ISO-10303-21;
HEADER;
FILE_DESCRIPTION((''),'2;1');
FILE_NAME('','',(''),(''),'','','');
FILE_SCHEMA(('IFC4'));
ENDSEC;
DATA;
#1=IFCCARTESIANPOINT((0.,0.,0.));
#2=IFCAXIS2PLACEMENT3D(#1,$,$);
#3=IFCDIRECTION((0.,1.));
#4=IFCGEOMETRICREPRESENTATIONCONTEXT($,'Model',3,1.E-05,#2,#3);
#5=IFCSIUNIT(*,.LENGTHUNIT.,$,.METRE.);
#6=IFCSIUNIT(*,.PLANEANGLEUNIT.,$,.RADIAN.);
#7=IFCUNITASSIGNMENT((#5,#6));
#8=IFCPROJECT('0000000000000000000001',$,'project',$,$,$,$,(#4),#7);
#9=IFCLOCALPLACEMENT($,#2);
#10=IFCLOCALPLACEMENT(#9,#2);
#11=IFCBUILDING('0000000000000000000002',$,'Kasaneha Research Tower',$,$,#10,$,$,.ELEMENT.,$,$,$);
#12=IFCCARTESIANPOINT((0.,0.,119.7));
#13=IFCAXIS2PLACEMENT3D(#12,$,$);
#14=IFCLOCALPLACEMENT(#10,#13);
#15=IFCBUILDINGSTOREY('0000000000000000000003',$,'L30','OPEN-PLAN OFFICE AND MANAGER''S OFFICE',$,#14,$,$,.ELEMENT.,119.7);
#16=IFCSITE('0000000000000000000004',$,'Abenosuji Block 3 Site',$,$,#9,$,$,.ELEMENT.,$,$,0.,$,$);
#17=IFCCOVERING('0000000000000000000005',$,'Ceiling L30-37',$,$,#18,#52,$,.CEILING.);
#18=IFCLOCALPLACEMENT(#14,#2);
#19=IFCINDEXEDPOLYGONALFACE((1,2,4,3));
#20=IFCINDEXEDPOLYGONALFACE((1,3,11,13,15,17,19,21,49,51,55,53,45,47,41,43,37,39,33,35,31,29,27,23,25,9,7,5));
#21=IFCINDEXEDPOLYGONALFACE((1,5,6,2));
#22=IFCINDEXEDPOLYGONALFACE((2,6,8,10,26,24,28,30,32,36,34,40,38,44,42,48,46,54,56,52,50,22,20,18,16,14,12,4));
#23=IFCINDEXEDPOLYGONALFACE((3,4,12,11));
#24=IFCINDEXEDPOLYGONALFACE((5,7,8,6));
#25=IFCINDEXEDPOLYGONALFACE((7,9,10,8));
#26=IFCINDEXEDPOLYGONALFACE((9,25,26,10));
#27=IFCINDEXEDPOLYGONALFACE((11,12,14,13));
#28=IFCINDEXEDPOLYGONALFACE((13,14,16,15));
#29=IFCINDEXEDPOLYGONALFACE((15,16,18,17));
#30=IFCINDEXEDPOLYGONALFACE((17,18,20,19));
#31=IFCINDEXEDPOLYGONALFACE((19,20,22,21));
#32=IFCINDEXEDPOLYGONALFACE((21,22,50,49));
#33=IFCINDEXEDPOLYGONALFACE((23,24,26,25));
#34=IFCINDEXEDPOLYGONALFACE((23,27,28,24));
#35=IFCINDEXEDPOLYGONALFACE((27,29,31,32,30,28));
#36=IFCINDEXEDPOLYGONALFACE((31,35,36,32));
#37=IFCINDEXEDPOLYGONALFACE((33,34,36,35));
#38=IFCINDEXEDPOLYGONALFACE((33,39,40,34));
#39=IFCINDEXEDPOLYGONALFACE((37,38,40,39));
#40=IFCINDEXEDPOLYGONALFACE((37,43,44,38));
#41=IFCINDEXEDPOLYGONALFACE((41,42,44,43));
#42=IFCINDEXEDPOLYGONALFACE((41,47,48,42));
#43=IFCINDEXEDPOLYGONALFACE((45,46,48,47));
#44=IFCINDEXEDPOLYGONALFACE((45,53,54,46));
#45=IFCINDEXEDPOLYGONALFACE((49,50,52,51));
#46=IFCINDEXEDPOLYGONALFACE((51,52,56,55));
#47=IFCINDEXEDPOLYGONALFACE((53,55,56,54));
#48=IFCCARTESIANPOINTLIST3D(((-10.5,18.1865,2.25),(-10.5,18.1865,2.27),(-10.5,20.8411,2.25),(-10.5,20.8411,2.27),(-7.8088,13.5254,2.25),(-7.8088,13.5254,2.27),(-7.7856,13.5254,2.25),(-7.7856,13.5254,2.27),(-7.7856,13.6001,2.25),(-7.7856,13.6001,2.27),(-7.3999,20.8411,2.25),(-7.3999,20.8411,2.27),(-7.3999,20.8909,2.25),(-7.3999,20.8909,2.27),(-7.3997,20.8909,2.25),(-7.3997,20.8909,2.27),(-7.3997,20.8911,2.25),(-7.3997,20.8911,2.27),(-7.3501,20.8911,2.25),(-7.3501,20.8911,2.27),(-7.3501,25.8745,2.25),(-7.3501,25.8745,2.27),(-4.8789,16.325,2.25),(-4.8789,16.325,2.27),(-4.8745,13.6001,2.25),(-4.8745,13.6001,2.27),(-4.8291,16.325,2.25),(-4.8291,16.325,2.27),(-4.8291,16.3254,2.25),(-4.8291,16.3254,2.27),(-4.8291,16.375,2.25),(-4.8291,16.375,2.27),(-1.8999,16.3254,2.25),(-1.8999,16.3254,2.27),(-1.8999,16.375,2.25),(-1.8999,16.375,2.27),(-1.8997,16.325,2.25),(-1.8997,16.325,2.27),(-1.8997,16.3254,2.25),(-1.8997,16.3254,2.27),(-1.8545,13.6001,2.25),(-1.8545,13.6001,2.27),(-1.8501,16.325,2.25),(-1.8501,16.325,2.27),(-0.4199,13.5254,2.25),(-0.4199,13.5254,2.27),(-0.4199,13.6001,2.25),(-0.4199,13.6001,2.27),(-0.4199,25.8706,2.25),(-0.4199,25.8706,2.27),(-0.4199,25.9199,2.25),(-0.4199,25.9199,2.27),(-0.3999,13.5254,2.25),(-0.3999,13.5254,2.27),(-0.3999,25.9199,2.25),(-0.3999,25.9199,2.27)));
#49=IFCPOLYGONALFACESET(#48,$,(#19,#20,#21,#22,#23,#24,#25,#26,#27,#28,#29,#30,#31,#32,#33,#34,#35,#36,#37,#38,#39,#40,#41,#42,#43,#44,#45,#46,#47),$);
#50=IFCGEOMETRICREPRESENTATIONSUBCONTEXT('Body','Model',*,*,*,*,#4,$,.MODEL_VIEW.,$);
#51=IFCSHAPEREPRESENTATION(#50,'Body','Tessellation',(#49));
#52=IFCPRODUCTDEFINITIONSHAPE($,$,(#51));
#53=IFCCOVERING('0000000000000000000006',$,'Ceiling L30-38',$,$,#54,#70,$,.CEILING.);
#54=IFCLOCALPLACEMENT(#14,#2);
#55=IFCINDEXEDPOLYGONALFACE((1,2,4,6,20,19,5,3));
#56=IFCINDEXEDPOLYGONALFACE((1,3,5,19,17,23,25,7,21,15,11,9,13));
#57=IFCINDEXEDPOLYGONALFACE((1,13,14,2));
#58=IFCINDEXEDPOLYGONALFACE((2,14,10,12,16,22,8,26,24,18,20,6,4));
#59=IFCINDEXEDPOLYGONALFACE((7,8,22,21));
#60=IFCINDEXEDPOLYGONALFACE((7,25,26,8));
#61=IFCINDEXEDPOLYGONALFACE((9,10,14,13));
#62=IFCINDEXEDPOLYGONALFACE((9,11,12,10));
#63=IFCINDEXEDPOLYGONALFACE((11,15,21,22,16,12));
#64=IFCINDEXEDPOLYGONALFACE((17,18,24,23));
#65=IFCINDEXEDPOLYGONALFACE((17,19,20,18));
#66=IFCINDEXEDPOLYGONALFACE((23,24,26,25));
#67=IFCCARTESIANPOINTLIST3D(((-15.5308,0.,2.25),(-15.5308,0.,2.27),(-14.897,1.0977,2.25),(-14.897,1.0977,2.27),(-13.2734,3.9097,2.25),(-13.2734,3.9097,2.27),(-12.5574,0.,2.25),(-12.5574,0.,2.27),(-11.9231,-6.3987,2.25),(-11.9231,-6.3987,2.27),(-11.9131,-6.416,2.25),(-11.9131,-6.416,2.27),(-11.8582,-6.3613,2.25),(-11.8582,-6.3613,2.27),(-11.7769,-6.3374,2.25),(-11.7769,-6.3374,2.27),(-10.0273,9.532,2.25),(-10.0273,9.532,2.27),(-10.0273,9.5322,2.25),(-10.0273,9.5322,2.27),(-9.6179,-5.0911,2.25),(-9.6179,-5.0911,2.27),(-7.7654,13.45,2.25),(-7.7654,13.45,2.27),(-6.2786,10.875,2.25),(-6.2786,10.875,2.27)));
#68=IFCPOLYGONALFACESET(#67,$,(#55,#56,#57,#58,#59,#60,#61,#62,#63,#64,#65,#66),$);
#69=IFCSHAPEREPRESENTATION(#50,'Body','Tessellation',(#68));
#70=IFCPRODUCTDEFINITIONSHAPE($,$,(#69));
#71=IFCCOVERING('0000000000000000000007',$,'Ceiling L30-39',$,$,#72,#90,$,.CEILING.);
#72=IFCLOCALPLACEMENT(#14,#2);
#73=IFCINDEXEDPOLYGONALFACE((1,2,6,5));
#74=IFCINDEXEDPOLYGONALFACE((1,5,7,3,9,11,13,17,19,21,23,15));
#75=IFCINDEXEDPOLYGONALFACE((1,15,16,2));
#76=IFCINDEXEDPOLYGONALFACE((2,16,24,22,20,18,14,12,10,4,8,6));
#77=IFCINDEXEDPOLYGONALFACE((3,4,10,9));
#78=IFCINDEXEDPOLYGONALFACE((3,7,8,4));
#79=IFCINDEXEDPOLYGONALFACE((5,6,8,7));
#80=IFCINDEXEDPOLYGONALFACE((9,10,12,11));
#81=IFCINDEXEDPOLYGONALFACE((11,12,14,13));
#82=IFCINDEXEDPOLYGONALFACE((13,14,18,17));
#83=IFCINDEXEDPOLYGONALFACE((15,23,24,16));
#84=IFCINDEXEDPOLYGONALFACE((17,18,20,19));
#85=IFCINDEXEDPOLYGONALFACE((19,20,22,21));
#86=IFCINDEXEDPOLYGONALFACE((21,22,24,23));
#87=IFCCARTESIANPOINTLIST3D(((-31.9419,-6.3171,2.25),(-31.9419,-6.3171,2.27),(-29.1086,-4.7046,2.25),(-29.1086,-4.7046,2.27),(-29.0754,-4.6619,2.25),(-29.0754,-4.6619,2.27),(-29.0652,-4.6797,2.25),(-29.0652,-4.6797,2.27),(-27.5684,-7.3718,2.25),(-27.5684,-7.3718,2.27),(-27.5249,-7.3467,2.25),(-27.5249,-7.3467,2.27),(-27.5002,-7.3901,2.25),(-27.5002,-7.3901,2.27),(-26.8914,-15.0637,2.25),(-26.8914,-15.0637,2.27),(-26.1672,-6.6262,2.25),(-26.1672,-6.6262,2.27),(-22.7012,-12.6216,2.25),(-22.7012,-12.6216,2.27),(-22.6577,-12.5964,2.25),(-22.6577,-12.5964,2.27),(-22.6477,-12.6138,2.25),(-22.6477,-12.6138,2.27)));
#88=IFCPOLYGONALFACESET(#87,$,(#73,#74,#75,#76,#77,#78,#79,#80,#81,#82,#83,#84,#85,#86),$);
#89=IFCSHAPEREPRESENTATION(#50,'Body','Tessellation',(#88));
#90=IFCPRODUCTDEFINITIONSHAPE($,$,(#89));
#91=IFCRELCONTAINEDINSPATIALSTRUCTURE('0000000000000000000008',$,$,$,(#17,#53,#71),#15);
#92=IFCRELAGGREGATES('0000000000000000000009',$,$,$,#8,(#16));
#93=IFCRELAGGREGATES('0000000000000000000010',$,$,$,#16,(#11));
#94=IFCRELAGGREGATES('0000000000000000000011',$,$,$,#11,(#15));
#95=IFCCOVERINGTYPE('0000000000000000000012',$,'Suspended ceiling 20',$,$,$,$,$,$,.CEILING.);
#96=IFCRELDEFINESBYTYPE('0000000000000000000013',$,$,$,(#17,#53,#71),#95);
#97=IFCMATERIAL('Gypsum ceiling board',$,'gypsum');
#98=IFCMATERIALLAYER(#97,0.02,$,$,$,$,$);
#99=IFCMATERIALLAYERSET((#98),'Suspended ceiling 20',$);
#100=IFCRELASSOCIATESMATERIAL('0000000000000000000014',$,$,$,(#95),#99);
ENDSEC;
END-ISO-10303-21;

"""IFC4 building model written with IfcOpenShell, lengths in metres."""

from ifc_helpers import new_model, si_unit, direction, frame, origin, place, context, subcontext, project, spatial, polyline, outline, extrude, material, layer, layer_set, type_object, element, save


model = new_model("IFC4")

# Units and contexts
model_context = context("Model", 3, precision=1e-05, world=origin(), true_north=direction((0.0, 1.0)))
body_context = subcontext(model_context, "Body", "Model", "MODEL_VIEW")
ifc_project = project(units=[si_unit("LENGTHUNIT", "METRE"), si_unit("PLANEANGLEUNIT", "RADIAN")], contexts=[model_context])

# Site, building, storey
site_placement = place(None, origin())
site = spatial("IfcSite", under=ifc_project, at=site_placement, Name="Abenosuji Block 3 Site", CompositionType="ELEMENT", RefElevation=0.0)
building_placement = place(site_placement, origin())
building = spatial("IfcBuilding", under=site, at=building_placement, Name="Kasaneha Research Tower", CompositionType="ELEMENT")
storey_placement = place(building_placement, frame((0.0, 0.0, 119.7)))
storey = spatial("IfcBuildingStorey", under=building, at=storey_placement, Name="L30", Description="OPEN-PLAN OFFICE AND MANAGER'S OFFICE", CompositionType="ELEMENT", Elevation=119.7)

# Coverings
ifc_material_1 = material(Name="Gypsum ceiling board", Category="gypsum")
ifc_layer_1 = layer(ifc_material_1, 0.02)
ifc_layer_set_1 = layer_set([ifc_layer_1], Name="Suspended ceiling 20")
covering_type = type_object("IfcCoveringType", Name="Suspended ceiling 20", PredefinedType="CEILING", material=ifc_layer_set_1)
covering_1_placement = place(storey_placement, frame((0.0, 0.0, 2.25)))
element("IfcCovering", 1, at=covering_1_placement, inside=storey, type_object=covering_type, Name="Ceiling L30-37", PredefinedType="CEILING", context=body_context, shape_type="SweptSolid", body=[
    extrude(outline(polyline([(-1.8999, 16.3254), (-1.8999, 16.375), (-4.8291, 16.375), (-4.8291, 16.3254), (-4.8291, 16.325), (-4.8789, 16.325), (-4.8745, 13.6001), (-7.7856, 13.6001), (-7.7856, 13.5254), (-7.8088, 13.5254), (-10.5, 18.1865), (-10.5, 20.8411), (-7.3999, 20.8411), (-7.3999, 20.8909), (-7.3997, 20.8909), (-7.3997, 20.8911), (-7.3501, 20.8911), (-7.3501, 25.8745), (-0.4199, 25.8706), (-0.4199, 25.9199), (-0.3999, 25.9199), (-0.3999, 13.5254), (-0.4199, 13.5254), (-0.4199, 13.6001), (-1.8545, 13.6001), (-1.8501, 16.325), (-1.8997, 16.325), (-1.8997, 16.3254), (-1.8999, 16.3254)])), origin(), (0.0, 0.0, 1.0), 0.02),
])
covering_2_placement = place(storey_placement, frame((0.0, 0.0, 2.25)))
element("IfcCovering", 2, at=covering_2_placement, inside=storey, type_object=covering_type, Name="Ceiling L30-38", PredefinedType="CEILING", context=body_context, shape_type="SweptSolid", body=[
    extrude(outline(polyline([(-12.5574, 0.0), (-9.6179, -5.0911), (-11.7769, -6.3374), (-11.9131, -6.416), (-11.9231, -6.3987), (-11.8582, -6.3613), (-15.5308, 0.0), (-14.897, 1.0977), (-14.897, 1.0977), (-13.2734, 3.9097), (-13.2734, 3.9097), (-10.0273, 9.5322), (-10.0273, 9.532), (-7.7654, 13.45), (-6.2786, 10.875), (-12.5574, 0.0)])), origin(), (0.0, 0.0, 1.0), 0.02),
])
covering_3_placement = place(storey_placement, frame((0.0, 0.0, 2.25)))
element("IfcCovering", 3, at=covering_3_placement, inside=storey, type_object=covering_type, Name="Ceiling L30-39", PredefinedType="CEILING", context=body_context, shape_type="SweptSolid", body=[
    extrude(outline(polyline([(-29.0754, -4.6619), (-29.0652, -4.6797), (-29.1086, -4.7046), (-27.5684, -7.3718), (-27.5249, -7.3467), (-27.5002, -7.3901), (-26.1672, -6.6262), (-22.7012, -12.6216), (-22.6577, -12.5964), (-22.6477, -12.6138), (-26.8914, -15.0637), (-31.9419, -6.3171), (-29.0754, -4.6619)])), origin(), (0.0, 0.0, 1.0), 0.02),
])

save(model, "model.ifc")
